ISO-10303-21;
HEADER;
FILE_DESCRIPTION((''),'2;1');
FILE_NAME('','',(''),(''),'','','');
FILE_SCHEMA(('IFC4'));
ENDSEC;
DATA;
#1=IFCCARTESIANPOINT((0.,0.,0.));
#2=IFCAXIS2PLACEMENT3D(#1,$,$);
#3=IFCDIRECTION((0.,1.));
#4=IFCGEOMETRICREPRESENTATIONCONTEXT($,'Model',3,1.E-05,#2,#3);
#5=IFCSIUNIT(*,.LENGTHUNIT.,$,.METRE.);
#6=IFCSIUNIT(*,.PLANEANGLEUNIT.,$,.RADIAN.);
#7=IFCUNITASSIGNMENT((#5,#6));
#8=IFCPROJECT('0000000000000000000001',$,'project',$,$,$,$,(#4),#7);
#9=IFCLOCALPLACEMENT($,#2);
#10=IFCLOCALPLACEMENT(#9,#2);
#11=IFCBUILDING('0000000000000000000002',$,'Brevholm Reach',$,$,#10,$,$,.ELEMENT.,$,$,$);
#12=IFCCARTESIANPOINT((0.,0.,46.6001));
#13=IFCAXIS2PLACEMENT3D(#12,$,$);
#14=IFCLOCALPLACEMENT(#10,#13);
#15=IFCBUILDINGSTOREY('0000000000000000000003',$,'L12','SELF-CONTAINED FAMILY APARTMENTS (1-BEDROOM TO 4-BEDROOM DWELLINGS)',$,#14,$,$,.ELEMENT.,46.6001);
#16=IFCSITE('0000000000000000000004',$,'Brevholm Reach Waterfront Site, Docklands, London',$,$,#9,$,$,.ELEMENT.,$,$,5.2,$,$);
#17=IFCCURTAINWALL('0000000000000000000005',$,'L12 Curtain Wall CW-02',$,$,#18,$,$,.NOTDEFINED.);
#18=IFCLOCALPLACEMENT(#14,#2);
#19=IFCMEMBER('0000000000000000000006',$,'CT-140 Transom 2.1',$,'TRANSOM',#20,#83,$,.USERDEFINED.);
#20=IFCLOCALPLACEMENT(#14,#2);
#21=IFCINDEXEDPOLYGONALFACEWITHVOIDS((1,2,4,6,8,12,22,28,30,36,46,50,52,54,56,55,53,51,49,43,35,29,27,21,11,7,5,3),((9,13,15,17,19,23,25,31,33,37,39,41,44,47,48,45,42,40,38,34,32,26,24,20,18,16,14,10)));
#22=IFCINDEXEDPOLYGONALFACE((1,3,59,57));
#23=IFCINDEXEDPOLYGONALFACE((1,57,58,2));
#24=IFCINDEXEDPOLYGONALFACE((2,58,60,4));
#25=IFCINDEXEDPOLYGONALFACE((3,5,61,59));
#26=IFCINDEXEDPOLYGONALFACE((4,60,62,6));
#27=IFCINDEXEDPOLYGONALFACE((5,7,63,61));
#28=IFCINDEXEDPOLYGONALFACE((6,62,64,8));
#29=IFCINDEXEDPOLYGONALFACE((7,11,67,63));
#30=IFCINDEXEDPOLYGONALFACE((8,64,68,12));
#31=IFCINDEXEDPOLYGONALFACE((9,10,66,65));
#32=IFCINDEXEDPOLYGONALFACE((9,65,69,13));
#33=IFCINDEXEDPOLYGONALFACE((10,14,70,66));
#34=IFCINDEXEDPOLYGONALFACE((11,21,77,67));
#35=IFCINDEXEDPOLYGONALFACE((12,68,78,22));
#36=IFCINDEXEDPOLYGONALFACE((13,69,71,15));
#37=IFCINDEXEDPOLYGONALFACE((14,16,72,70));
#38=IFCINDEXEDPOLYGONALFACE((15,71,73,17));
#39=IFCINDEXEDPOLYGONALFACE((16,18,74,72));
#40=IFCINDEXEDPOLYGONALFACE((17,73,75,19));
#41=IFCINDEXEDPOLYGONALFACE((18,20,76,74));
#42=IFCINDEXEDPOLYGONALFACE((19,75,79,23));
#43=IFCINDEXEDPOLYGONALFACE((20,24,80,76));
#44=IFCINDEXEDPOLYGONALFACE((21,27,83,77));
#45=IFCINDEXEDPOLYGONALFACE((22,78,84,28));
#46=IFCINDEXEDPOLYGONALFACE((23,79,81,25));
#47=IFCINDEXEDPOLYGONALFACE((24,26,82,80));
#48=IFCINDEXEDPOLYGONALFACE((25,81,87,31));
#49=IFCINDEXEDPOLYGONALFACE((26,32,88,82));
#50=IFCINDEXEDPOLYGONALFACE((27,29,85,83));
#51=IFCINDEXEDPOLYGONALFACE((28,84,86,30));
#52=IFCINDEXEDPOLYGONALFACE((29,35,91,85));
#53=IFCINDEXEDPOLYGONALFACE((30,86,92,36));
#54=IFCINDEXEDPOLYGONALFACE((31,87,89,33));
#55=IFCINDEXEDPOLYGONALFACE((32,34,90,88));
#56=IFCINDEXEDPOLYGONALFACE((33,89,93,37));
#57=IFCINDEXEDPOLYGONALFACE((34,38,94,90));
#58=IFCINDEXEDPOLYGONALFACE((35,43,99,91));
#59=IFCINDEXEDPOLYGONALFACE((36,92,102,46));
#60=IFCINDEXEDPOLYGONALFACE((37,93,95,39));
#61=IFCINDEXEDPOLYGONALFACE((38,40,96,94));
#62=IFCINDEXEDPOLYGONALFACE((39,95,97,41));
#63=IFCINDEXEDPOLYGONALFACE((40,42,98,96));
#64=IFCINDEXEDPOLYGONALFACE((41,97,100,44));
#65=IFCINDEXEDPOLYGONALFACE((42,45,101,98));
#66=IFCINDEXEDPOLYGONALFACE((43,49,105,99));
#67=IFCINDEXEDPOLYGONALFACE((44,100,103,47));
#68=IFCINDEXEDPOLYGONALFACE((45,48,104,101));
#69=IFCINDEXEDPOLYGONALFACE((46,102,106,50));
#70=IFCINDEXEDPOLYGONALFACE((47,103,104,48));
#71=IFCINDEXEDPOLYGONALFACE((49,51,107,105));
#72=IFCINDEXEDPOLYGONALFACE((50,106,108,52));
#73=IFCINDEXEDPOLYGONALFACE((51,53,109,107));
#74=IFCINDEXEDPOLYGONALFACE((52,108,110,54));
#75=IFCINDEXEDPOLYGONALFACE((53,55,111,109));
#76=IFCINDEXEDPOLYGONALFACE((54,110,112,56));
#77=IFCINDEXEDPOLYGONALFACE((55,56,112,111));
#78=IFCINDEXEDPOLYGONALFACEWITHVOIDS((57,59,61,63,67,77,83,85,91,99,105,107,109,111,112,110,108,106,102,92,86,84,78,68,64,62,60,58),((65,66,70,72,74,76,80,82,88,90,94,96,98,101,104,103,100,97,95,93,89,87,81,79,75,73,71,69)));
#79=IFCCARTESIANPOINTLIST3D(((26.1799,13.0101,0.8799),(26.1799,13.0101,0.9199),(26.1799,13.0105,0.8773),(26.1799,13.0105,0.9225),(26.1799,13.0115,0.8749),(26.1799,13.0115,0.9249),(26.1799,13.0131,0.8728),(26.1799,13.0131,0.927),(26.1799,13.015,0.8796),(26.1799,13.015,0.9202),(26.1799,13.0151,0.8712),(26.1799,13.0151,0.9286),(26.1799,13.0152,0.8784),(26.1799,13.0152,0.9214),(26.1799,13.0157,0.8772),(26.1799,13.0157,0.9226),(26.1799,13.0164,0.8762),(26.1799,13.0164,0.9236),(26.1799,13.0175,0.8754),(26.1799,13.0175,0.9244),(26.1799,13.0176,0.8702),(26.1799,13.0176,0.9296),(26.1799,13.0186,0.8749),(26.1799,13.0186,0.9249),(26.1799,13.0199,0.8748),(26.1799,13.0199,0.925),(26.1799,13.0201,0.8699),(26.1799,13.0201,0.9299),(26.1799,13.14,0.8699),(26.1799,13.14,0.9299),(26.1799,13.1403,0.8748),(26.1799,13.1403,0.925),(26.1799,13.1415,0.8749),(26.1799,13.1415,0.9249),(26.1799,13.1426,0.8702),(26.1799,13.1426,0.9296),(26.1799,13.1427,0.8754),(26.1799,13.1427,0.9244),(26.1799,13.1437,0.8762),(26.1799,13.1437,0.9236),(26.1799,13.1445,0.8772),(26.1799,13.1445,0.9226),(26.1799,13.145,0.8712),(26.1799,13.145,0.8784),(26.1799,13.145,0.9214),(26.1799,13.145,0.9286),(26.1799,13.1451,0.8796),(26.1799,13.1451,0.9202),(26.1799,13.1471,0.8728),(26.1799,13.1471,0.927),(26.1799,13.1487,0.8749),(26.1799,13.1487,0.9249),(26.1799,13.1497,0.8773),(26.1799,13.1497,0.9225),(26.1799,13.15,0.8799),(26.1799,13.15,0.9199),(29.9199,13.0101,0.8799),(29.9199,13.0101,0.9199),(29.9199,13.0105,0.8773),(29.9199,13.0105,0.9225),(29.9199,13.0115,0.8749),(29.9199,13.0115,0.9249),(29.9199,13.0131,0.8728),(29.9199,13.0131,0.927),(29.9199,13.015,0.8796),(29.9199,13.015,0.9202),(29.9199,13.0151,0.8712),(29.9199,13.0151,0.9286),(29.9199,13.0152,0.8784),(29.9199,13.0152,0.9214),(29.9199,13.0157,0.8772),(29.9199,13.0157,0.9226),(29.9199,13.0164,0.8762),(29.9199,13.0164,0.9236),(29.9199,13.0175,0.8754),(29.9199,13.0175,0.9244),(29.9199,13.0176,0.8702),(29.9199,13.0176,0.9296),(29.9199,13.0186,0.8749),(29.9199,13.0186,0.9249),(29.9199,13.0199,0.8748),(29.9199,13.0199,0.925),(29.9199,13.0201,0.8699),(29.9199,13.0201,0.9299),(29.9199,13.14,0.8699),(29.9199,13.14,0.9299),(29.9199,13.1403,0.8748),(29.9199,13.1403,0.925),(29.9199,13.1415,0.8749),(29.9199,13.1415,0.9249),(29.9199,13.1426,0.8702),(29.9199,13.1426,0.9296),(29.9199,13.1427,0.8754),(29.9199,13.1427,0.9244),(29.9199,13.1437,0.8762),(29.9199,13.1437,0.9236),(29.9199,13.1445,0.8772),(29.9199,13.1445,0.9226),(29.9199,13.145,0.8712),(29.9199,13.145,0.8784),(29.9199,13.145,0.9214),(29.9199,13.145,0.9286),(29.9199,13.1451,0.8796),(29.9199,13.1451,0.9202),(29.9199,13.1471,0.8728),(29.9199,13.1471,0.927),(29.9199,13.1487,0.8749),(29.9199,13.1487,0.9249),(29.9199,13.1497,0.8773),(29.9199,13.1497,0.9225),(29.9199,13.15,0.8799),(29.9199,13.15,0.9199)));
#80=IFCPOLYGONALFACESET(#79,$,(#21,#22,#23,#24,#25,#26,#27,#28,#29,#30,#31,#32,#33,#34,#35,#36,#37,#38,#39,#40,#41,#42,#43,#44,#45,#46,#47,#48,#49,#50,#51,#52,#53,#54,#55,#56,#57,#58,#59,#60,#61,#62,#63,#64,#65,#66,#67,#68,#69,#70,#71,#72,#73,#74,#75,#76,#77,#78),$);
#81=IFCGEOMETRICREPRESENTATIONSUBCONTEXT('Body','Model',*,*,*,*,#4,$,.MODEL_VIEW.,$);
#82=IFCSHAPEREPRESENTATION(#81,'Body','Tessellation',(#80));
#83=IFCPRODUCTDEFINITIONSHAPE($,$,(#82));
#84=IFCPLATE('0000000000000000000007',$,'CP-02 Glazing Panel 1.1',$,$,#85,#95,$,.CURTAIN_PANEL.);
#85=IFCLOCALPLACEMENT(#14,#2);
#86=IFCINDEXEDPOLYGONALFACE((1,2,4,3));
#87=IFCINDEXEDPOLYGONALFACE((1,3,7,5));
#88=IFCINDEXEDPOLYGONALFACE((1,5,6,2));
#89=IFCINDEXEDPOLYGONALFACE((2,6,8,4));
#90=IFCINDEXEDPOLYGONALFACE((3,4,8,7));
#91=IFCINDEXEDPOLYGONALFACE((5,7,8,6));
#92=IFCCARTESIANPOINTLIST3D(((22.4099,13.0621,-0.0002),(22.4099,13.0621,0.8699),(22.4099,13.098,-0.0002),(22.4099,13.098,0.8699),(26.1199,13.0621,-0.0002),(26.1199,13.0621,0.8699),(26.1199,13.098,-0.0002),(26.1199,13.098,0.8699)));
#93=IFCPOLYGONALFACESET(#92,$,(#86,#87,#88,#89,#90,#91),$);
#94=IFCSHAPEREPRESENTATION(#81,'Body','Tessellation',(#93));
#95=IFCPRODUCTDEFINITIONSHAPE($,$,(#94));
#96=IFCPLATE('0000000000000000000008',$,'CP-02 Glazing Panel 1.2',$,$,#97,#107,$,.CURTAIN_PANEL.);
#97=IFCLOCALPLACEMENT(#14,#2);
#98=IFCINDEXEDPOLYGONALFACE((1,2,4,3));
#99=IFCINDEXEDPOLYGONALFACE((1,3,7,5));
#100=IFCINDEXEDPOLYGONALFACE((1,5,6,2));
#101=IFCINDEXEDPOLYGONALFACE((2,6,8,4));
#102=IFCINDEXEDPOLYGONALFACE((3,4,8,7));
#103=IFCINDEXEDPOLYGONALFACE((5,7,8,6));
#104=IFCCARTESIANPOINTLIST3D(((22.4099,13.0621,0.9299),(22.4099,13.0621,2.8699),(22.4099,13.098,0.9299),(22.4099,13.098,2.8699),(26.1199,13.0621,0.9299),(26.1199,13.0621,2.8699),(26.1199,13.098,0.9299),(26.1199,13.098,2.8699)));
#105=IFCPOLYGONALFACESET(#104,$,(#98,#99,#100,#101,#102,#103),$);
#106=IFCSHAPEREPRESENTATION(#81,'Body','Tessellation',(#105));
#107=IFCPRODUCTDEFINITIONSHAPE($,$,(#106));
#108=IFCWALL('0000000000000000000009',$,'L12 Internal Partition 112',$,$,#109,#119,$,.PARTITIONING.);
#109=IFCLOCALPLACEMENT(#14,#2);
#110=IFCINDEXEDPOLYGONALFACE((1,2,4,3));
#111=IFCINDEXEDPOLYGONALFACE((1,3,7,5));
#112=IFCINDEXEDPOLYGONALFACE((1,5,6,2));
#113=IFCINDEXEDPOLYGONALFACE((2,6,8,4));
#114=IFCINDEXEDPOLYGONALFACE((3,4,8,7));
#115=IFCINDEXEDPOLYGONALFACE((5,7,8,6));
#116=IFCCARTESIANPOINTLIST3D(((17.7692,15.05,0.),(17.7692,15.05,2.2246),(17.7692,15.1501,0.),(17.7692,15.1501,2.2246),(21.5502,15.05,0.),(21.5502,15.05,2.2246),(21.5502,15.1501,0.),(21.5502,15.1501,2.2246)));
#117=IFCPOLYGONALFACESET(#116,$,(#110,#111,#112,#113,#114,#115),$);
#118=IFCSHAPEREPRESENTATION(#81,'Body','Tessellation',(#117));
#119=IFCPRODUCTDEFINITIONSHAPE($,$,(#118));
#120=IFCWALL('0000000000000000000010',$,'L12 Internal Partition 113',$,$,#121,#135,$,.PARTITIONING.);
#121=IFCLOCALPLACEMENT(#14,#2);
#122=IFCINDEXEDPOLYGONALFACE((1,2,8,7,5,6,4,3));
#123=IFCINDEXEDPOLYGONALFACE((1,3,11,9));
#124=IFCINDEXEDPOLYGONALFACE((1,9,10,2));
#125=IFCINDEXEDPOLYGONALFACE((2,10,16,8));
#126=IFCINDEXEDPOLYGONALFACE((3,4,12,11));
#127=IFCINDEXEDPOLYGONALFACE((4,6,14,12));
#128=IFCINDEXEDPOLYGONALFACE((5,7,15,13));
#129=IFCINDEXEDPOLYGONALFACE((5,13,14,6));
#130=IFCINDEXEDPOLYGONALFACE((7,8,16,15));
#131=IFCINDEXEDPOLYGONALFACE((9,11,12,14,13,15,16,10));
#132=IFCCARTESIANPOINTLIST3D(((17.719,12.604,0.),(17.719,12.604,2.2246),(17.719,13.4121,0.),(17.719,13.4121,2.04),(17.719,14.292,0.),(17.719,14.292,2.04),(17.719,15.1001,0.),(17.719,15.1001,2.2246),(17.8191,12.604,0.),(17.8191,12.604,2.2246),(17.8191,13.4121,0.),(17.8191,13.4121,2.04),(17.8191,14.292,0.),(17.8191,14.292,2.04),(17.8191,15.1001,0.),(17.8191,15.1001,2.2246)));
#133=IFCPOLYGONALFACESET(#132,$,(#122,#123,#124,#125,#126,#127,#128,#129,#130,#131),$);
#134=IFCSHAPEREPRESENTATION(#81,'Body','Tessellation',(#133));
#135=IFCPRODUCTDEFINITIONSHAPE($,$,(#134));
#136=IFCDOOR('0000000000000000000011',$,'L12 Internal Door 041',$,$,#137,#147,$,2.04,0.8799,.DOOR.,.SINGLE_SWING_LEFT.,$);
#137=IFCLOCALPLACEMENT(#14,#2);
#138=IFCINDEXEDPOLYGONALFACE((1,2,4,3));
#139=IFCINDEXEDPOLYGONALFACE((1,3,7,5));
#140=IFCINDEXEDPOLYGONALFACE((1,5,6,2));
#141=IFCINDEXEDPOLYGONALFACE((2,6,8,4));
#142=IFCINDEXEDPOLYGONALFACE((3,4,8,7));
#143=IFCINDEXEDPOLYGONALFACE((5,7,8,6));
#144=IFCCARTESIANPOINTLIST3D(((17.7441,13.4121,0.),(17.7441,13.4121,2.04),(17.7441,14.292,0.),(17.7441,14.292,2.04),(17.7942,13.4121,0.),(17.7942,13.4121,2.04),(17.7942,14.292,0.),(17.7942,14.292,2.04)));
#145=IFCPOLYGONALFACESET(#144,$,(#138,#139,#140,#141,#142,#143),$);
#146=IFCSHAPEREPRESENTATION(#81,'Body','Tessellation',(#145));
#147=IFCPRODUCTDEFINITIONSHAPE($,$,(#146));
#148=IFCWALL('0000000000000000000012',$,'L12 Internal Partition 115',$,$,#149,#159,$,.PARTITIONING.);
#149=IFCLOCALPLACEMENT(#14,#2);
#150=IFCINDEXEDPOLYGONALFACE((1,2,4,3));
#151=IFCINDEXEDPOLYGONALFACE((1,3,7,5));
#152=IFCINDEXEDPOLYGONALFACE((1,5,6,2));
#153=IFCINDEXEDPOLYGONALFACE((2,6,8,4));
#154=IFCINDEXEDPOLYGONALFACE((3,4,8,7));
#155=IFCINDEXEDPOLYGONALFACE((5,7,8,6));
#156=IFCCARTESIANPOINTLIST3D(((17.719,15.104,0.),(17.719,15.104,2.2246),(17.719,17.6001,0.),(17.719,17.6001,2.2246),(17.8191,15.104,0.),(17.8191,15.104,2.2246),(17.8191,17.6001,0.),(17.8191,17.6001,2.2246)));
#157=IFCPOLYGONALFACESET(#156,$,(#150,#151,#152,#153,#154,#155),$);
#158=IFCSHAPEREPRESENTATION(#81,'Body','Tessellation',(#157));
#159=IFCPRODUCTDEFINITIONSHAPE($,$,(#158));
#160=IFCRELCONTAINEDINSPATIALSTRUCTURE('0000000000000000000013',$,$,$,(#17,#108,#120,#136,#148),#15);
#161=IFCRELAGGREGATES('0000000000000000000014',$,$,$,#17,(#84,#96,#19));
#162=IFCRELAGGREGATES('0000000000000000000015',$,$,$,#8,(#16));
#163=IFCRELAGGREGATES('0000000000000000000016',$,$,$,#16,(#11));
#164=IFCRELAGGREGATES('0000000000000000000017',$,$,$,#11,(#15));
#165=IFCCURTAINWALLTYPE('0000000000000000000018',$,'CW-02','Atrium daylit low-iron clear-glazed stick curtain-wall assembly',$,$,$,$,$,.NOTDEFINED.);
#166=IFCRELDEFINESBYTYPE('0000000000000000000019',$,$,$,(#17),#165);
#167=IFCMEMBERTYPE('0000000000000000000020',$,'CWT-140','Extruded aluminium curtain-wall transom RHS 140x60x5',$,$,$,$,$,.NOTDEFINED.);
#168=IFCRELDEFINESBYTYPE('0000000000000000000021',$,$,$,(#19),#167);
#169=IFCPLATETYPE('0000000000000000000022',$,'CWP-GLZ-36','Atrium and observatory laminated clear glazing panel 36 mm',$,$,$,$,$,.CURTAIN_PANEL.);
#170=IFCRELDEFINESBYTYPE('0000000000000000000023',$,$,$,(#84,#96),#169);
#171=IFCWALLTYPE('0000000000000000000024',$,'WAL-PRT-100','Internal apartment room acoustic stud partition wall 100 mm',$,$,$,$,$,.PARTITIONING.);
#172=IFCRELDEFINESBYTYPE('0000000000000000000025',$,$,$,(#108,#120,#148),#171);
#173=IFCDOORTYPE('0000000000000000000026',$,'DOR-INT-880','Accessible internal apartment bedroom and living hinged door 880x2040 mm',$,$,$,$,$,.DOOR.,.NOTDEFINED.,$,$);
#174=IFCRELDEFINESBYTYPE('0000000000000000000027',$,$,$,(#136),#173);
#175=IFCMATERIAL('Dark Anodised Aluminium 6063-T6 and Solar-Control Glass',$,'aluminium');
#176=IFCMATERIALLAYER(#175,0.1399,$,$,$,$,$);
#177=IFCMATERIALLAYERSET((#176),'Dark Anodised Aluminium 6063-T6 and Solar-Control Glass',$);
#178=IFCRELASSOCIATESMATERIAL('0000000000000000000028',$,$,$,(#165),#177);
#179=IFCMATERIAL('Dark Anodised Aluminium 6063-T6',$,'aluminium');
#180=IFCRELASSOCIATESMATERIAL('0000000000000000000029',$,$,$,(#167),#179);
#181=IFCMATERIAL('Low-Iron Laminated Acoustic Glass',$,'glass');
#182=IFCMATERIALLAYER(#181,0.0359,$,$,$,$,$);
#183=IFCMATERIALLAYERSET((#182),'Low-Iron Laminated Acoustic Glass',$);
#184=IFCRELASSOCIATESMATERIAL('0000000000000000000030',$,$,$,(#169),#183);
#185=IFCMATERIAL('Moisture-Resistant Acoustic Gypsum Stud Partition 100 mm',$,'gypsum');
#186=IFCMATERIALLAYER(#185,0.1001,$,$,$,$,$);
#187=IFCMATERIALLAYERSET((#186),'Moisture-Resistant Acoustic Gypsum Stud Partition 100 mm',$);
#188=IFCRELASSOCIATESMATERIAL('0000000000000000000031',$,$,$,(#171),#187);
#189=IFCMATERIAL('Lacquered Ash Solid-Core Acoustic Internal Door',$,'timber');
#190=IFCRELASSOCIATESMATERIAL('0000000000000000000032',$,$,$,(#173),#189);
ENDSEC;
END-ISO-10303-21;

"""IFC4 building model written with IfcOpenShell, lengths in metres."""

from ifc_helpers import new_model, si_unit, direction, frame, frame_2d, origin, origin_2d, place, context, subcontext, project, spatial, rectangle, hollow_rectangle, extrude, material, layer, layer_set, material_profile, profile_set, type_object, element, fill, aggregate, save


model = new_model("IFC4")

# Units and contexts
model_context = context("Model", 3, precision=1e-05, world=origin(), true_north=direction((0.0, 1.0)))
body_context = subcontext(model_context, "Body", "Model", "MODEL_VIEW")
ifc_project = project(units=[si_unit("LENGTHUNIT", "METRE"), si_unit("PLANEANGLEUNIT", "RADIAN")], contexts=[model_context])

# Site, building, storey
site_placement = place(None, origin())
site = spatial("IfcSite", under=ifc_project, at=site_placement, Name="Brevholm Reach Waterfront Site, Docklands, London", CompositionType="ELEMENT", RefElevation=5.2)
building_placement = place(site_placement, origin())
building = spatial("IfcBuilding", under=site, at=building_placement, Name="Brevholm Reach", CompositionType="ELEMENT")
storey_placement = place(building_placement, frame((0.0, 0.0, 46.6001)))
storey = spatial("IfcBuildingStorey", under=building, at=storey_placement, Name="L12", Description="SELF-CONTAINED FAMILY APARTMENTS (1-BEDROOM TO 4-BEDROOM DWELLINGS)", CompositionType="ELEMENT", Elevation=46.6001)

# Curtain wall, member, plates
ifc_material_1 = material(Name="Dark Anodised Aluminium 6063-T6 and Solar-Control Glass", Category="aluminium")
ifc_layer_1 = layer(ifc_material_1, 0.1399)
ifc_layer_set_1 = layer_set([ifc_layer_1], Name="Dark Anodised Aluminium 6063-T6 and Solar-Control Glass")
curtain_wall_type = type_object("IfcCurtainWallType", Name="CW-02", Description="Atrium daylit low-iron clear-glazed stick curtain-wall assembly", PredefinedType="NOTDEFINED", material=ifc_layer_set_1)
curtain_wall_placement = place(storey_placement, origin())
curtain_wall = element("IfcCurtainWall", 1, at=curtain_wall_placement, inside=storey, type_object=curtain_wall_type, Name="L12 Curtain Wall CW-02", PredefinedType="NOTDEFINED")
ifc_material_2 = material(Name="Dark Anodised Aluminium 6063-T6", Category="aluminium")
ifc_material_profile_1 = material_profile(ifc_material_2, hollow_rectangle(XDim=0.0601, YDim=0.1399, WallThickness=0.0049, InnerFilletRadius=0.0049, OuterFilletRadius=0.01, at=origin_2d()), Name="RHS 140x60x5")
ifc_profile_set_1 = profile_set([ifc_material_profile_1], Name="Dark Anodised Aluminium 6063-T6")
member_type_1 = type_object("IfcMemberType", Name="CWT-140", Description="Extruded aluminium curtain-wall transom RHS 140x60x5", PredefinedType="NOTDEFINED", material=ifc_profile_set_1)
member_1_placement = place(storey_placement, frame((26.1799, 13.0801, 0.8999), z_axis=(1.0, 0.0, 0.0), x_axis=(0.0, 0.0, 1.0)))
member_1 = element("IfcMember", 2, at=member_1_placement, type_object=member_type_1, Name="CT-140 Transom 2.1", ObjectType="TRANSOM", PredefinedType="USERDEFINED", context=body_context, shape_type="SweptSolid", body=[
    extrude(hollow_rectangle(XDim=0.0601, YDim=0.1399, WallThickness=0.0049, InnerFilletRadius=0.0049, OuterFilletRadius=0.01, at=origin_2d()), origin(), (0.0, 0.0, 1.0), 3.74),
])
ifc_material_3 = material(Name="Low-Iron Laminated Acoustic Glass", Category="glass")
ifc_layer_2 = layer(ifc_material_3, 0.0359)
ifc_layer_set_2 = layer_set([ifc_layer_2], Name="Low-Iron Laminated Acoustic Glass")
plate_type = type_object("IfcPlateType", Name="CWP-GLZ-36", Description="Atrium and observatory laminated clear glazing panel 36 mm", PredefinedType="CURTAIN_PANEL", material=ifc_layer_set_2)
plate_1_placement = place(storey_placement, frame((24.2649, 13.0801, -0.0002), z_axis=(0.0, 0.0, 1.0), x_axis=(1.0, 0.0, 0.0)))
plate_1 = element("IfcPlate", 3, at=plate_1_placement, type_object=plate_type, Name="CP-02 Glazing Panel 1.1", PredefinedType="CURTAIN_PANEL", context=body_context, shape_type="SweptSolid", body=[
    extrude(rectangle(XDim=3.71, YDim=0.0359, at=origin_2d()), origin(), (0.0, 0.0, 1.0), 0.8701),
])
plate_2_placement = place(storey_placement, frame((24.2649, 13.0801, 0.9299), z_axis=(0.0, 0.0, 1.0), x_axis=(1.0, 0.0, 0.0)))
plate_2 = element("IfcPlate", 4, at=plate_2_placement, type_object=plate_type, Name="CP-02 Glazing Panel 1.2", PredefinedType="CURTAIN_PANEL", context=body_context, shape_type="SweptSolid", body=[
    extrude(rectangle(XDim=3.71, YDim=0.0359, at=origin_2d()), origin(), (0.0, 0.0, 1.0), 1.9399),
])
aggregate(curtain_wall, [plate_1, plate_2, member_1])

# Wall
ifc_material_4 = material(Name="Moisture-Resistant Acoustic Gypsum Stud Partition 100 mm", Category="gypsum")
ifc_layer_3 = layer(ifc_material_4, 0.1001)
ifc_layer_set_3 = layer_set([ifc_layer_3], Name="Moisture-Resistant Acoustic Gypsum Stud Partition 100 mm")
wall_type_1 = type_object("IfcWallType", Name="WAL-PRT-100", Description="Internal apartment room acoustic stud partition wall 100 mm", PredefinedType="PARTITIONING", material=ifc_layer_set_3)
wall_1_placement = place(storey_placement, frame((17.769, 15.1001, 0.0), z_axis=(0.0, 0.0, 1.0), x_axis=(1.0, 0.0, 0.0)))
element("IfcWall", 5, at=wall_1_placement, inside=storey, type_object=wall_type_1, Name="L12 Internal Partition 112", PredefinedType="PARTITIONING", context=body_context, shape_type="SweptSolid", body=[
    extrude(rectangle(XDim=3.781, YDim=0.1001, at=frame_2d((1.8906, 0.0))), origin(), (0.0, 0.0, 1.0), 2.2246),
])

# Wall, opening, door
wall_2_placement = place(storey_placement, frame((17.769, 12.604, 0.0), z_axis=(0.0, 0.0, 1.0), x_axis=(0.0, 1.0, 0.0)))
wall_2 = element("IfcWall", 6, at=wall_2_placement, inside=storey, type_object=wall_type_1, Name="L12 Internal Partition 113", PredefinedType="PARTITIONING", context=body_context, shape_type="SweptSolid", body=[
    extrude(rectangle(XDim=2.4961, YDim=0.1001, at=frame_2d((1.248, 0.0))), origin(), (0.0, 0.0, 1.0), 2.2246),
])
opening_1_placement = place(wall_2_placement, frame((0.8081, 0.0, 0.0)))
opening_1 = element("IfcOpeningElement", 7, at=opening_1_placement, cuts=wall_2, PredefinedType="OPENING", context=body_context, shape_type="SweptSolid", body=[
    extrude(rectangle(XDim=0.8799, YDim=2.04, at=frame_2d((0.4399, 1.02))), frame((0.0, 0.0601, 0.0), z_axis=(0.0, -1.0, 0.0), x_axis=(1.0, 0.0, 0.0)), (0.0, 0.0, 1.0), 0.1201),
])
ifc_material_5 = material(Name="Lacquered Ash Solid-Core Acoustic Internal Door", Category="timber")
door_type_1 = type_object("IfcDoorType", Name="DOR-INT-880", Description="Accessible internal apartment bedroom and living hinged door 880x2040 mm", OperationType="NOTDEFINED", PredefinedType="DOOR", material=ifc_material_5)
door_1_placement = place(opening_1_placement, origin())
door_1 = element("IfcDoor", 8, at=door_1_placement, inside=storey, type_object=door_type_1, Name="L12 Internal Door 041", OperationType="SINGLE_SWING_LEFT", OverallHeight=2.04, OverallWidth=0.8799, PredefinedType="DOOR", context=body_context, shape_type="SweptSolid", body=[
    extrude(rectangle(XDim=0.8799, YDim=2.04, at=frame_2d((0.4399, 1.02))), frame((0.0, 0.0249, 0.0), z_axis=(0.0, -1.0, 0.0), x_axis=(1.0, 0.0, 0.0)), (0.0, 0.0, 1.0), 0.05),
])
fill(opening_1, door_1)

# Wall
wall_3_placement = place(storey_placement, frame((17.769, 15.104, 0.0), z_axis=(0.0, 0.0, 1.0), x_axis=(0.0, 1.0, 0.0)))
element("IfcWall", 9, at=wall_3_placement, inside=storey, type_object=wall_type_1, Name="L12 Internal Partition 115", PredefinedType="PARTITIONING", context=body_context, shape_type="SweptSolid", body=[
    extrude(rectangle(XDim=2.4961, YDim=0.1001, at=frame_2d((1.248, 0.0))), origin(), (0.0, 0.0, 1.0), 2.2246),
])

save(model, "model.ifc")
